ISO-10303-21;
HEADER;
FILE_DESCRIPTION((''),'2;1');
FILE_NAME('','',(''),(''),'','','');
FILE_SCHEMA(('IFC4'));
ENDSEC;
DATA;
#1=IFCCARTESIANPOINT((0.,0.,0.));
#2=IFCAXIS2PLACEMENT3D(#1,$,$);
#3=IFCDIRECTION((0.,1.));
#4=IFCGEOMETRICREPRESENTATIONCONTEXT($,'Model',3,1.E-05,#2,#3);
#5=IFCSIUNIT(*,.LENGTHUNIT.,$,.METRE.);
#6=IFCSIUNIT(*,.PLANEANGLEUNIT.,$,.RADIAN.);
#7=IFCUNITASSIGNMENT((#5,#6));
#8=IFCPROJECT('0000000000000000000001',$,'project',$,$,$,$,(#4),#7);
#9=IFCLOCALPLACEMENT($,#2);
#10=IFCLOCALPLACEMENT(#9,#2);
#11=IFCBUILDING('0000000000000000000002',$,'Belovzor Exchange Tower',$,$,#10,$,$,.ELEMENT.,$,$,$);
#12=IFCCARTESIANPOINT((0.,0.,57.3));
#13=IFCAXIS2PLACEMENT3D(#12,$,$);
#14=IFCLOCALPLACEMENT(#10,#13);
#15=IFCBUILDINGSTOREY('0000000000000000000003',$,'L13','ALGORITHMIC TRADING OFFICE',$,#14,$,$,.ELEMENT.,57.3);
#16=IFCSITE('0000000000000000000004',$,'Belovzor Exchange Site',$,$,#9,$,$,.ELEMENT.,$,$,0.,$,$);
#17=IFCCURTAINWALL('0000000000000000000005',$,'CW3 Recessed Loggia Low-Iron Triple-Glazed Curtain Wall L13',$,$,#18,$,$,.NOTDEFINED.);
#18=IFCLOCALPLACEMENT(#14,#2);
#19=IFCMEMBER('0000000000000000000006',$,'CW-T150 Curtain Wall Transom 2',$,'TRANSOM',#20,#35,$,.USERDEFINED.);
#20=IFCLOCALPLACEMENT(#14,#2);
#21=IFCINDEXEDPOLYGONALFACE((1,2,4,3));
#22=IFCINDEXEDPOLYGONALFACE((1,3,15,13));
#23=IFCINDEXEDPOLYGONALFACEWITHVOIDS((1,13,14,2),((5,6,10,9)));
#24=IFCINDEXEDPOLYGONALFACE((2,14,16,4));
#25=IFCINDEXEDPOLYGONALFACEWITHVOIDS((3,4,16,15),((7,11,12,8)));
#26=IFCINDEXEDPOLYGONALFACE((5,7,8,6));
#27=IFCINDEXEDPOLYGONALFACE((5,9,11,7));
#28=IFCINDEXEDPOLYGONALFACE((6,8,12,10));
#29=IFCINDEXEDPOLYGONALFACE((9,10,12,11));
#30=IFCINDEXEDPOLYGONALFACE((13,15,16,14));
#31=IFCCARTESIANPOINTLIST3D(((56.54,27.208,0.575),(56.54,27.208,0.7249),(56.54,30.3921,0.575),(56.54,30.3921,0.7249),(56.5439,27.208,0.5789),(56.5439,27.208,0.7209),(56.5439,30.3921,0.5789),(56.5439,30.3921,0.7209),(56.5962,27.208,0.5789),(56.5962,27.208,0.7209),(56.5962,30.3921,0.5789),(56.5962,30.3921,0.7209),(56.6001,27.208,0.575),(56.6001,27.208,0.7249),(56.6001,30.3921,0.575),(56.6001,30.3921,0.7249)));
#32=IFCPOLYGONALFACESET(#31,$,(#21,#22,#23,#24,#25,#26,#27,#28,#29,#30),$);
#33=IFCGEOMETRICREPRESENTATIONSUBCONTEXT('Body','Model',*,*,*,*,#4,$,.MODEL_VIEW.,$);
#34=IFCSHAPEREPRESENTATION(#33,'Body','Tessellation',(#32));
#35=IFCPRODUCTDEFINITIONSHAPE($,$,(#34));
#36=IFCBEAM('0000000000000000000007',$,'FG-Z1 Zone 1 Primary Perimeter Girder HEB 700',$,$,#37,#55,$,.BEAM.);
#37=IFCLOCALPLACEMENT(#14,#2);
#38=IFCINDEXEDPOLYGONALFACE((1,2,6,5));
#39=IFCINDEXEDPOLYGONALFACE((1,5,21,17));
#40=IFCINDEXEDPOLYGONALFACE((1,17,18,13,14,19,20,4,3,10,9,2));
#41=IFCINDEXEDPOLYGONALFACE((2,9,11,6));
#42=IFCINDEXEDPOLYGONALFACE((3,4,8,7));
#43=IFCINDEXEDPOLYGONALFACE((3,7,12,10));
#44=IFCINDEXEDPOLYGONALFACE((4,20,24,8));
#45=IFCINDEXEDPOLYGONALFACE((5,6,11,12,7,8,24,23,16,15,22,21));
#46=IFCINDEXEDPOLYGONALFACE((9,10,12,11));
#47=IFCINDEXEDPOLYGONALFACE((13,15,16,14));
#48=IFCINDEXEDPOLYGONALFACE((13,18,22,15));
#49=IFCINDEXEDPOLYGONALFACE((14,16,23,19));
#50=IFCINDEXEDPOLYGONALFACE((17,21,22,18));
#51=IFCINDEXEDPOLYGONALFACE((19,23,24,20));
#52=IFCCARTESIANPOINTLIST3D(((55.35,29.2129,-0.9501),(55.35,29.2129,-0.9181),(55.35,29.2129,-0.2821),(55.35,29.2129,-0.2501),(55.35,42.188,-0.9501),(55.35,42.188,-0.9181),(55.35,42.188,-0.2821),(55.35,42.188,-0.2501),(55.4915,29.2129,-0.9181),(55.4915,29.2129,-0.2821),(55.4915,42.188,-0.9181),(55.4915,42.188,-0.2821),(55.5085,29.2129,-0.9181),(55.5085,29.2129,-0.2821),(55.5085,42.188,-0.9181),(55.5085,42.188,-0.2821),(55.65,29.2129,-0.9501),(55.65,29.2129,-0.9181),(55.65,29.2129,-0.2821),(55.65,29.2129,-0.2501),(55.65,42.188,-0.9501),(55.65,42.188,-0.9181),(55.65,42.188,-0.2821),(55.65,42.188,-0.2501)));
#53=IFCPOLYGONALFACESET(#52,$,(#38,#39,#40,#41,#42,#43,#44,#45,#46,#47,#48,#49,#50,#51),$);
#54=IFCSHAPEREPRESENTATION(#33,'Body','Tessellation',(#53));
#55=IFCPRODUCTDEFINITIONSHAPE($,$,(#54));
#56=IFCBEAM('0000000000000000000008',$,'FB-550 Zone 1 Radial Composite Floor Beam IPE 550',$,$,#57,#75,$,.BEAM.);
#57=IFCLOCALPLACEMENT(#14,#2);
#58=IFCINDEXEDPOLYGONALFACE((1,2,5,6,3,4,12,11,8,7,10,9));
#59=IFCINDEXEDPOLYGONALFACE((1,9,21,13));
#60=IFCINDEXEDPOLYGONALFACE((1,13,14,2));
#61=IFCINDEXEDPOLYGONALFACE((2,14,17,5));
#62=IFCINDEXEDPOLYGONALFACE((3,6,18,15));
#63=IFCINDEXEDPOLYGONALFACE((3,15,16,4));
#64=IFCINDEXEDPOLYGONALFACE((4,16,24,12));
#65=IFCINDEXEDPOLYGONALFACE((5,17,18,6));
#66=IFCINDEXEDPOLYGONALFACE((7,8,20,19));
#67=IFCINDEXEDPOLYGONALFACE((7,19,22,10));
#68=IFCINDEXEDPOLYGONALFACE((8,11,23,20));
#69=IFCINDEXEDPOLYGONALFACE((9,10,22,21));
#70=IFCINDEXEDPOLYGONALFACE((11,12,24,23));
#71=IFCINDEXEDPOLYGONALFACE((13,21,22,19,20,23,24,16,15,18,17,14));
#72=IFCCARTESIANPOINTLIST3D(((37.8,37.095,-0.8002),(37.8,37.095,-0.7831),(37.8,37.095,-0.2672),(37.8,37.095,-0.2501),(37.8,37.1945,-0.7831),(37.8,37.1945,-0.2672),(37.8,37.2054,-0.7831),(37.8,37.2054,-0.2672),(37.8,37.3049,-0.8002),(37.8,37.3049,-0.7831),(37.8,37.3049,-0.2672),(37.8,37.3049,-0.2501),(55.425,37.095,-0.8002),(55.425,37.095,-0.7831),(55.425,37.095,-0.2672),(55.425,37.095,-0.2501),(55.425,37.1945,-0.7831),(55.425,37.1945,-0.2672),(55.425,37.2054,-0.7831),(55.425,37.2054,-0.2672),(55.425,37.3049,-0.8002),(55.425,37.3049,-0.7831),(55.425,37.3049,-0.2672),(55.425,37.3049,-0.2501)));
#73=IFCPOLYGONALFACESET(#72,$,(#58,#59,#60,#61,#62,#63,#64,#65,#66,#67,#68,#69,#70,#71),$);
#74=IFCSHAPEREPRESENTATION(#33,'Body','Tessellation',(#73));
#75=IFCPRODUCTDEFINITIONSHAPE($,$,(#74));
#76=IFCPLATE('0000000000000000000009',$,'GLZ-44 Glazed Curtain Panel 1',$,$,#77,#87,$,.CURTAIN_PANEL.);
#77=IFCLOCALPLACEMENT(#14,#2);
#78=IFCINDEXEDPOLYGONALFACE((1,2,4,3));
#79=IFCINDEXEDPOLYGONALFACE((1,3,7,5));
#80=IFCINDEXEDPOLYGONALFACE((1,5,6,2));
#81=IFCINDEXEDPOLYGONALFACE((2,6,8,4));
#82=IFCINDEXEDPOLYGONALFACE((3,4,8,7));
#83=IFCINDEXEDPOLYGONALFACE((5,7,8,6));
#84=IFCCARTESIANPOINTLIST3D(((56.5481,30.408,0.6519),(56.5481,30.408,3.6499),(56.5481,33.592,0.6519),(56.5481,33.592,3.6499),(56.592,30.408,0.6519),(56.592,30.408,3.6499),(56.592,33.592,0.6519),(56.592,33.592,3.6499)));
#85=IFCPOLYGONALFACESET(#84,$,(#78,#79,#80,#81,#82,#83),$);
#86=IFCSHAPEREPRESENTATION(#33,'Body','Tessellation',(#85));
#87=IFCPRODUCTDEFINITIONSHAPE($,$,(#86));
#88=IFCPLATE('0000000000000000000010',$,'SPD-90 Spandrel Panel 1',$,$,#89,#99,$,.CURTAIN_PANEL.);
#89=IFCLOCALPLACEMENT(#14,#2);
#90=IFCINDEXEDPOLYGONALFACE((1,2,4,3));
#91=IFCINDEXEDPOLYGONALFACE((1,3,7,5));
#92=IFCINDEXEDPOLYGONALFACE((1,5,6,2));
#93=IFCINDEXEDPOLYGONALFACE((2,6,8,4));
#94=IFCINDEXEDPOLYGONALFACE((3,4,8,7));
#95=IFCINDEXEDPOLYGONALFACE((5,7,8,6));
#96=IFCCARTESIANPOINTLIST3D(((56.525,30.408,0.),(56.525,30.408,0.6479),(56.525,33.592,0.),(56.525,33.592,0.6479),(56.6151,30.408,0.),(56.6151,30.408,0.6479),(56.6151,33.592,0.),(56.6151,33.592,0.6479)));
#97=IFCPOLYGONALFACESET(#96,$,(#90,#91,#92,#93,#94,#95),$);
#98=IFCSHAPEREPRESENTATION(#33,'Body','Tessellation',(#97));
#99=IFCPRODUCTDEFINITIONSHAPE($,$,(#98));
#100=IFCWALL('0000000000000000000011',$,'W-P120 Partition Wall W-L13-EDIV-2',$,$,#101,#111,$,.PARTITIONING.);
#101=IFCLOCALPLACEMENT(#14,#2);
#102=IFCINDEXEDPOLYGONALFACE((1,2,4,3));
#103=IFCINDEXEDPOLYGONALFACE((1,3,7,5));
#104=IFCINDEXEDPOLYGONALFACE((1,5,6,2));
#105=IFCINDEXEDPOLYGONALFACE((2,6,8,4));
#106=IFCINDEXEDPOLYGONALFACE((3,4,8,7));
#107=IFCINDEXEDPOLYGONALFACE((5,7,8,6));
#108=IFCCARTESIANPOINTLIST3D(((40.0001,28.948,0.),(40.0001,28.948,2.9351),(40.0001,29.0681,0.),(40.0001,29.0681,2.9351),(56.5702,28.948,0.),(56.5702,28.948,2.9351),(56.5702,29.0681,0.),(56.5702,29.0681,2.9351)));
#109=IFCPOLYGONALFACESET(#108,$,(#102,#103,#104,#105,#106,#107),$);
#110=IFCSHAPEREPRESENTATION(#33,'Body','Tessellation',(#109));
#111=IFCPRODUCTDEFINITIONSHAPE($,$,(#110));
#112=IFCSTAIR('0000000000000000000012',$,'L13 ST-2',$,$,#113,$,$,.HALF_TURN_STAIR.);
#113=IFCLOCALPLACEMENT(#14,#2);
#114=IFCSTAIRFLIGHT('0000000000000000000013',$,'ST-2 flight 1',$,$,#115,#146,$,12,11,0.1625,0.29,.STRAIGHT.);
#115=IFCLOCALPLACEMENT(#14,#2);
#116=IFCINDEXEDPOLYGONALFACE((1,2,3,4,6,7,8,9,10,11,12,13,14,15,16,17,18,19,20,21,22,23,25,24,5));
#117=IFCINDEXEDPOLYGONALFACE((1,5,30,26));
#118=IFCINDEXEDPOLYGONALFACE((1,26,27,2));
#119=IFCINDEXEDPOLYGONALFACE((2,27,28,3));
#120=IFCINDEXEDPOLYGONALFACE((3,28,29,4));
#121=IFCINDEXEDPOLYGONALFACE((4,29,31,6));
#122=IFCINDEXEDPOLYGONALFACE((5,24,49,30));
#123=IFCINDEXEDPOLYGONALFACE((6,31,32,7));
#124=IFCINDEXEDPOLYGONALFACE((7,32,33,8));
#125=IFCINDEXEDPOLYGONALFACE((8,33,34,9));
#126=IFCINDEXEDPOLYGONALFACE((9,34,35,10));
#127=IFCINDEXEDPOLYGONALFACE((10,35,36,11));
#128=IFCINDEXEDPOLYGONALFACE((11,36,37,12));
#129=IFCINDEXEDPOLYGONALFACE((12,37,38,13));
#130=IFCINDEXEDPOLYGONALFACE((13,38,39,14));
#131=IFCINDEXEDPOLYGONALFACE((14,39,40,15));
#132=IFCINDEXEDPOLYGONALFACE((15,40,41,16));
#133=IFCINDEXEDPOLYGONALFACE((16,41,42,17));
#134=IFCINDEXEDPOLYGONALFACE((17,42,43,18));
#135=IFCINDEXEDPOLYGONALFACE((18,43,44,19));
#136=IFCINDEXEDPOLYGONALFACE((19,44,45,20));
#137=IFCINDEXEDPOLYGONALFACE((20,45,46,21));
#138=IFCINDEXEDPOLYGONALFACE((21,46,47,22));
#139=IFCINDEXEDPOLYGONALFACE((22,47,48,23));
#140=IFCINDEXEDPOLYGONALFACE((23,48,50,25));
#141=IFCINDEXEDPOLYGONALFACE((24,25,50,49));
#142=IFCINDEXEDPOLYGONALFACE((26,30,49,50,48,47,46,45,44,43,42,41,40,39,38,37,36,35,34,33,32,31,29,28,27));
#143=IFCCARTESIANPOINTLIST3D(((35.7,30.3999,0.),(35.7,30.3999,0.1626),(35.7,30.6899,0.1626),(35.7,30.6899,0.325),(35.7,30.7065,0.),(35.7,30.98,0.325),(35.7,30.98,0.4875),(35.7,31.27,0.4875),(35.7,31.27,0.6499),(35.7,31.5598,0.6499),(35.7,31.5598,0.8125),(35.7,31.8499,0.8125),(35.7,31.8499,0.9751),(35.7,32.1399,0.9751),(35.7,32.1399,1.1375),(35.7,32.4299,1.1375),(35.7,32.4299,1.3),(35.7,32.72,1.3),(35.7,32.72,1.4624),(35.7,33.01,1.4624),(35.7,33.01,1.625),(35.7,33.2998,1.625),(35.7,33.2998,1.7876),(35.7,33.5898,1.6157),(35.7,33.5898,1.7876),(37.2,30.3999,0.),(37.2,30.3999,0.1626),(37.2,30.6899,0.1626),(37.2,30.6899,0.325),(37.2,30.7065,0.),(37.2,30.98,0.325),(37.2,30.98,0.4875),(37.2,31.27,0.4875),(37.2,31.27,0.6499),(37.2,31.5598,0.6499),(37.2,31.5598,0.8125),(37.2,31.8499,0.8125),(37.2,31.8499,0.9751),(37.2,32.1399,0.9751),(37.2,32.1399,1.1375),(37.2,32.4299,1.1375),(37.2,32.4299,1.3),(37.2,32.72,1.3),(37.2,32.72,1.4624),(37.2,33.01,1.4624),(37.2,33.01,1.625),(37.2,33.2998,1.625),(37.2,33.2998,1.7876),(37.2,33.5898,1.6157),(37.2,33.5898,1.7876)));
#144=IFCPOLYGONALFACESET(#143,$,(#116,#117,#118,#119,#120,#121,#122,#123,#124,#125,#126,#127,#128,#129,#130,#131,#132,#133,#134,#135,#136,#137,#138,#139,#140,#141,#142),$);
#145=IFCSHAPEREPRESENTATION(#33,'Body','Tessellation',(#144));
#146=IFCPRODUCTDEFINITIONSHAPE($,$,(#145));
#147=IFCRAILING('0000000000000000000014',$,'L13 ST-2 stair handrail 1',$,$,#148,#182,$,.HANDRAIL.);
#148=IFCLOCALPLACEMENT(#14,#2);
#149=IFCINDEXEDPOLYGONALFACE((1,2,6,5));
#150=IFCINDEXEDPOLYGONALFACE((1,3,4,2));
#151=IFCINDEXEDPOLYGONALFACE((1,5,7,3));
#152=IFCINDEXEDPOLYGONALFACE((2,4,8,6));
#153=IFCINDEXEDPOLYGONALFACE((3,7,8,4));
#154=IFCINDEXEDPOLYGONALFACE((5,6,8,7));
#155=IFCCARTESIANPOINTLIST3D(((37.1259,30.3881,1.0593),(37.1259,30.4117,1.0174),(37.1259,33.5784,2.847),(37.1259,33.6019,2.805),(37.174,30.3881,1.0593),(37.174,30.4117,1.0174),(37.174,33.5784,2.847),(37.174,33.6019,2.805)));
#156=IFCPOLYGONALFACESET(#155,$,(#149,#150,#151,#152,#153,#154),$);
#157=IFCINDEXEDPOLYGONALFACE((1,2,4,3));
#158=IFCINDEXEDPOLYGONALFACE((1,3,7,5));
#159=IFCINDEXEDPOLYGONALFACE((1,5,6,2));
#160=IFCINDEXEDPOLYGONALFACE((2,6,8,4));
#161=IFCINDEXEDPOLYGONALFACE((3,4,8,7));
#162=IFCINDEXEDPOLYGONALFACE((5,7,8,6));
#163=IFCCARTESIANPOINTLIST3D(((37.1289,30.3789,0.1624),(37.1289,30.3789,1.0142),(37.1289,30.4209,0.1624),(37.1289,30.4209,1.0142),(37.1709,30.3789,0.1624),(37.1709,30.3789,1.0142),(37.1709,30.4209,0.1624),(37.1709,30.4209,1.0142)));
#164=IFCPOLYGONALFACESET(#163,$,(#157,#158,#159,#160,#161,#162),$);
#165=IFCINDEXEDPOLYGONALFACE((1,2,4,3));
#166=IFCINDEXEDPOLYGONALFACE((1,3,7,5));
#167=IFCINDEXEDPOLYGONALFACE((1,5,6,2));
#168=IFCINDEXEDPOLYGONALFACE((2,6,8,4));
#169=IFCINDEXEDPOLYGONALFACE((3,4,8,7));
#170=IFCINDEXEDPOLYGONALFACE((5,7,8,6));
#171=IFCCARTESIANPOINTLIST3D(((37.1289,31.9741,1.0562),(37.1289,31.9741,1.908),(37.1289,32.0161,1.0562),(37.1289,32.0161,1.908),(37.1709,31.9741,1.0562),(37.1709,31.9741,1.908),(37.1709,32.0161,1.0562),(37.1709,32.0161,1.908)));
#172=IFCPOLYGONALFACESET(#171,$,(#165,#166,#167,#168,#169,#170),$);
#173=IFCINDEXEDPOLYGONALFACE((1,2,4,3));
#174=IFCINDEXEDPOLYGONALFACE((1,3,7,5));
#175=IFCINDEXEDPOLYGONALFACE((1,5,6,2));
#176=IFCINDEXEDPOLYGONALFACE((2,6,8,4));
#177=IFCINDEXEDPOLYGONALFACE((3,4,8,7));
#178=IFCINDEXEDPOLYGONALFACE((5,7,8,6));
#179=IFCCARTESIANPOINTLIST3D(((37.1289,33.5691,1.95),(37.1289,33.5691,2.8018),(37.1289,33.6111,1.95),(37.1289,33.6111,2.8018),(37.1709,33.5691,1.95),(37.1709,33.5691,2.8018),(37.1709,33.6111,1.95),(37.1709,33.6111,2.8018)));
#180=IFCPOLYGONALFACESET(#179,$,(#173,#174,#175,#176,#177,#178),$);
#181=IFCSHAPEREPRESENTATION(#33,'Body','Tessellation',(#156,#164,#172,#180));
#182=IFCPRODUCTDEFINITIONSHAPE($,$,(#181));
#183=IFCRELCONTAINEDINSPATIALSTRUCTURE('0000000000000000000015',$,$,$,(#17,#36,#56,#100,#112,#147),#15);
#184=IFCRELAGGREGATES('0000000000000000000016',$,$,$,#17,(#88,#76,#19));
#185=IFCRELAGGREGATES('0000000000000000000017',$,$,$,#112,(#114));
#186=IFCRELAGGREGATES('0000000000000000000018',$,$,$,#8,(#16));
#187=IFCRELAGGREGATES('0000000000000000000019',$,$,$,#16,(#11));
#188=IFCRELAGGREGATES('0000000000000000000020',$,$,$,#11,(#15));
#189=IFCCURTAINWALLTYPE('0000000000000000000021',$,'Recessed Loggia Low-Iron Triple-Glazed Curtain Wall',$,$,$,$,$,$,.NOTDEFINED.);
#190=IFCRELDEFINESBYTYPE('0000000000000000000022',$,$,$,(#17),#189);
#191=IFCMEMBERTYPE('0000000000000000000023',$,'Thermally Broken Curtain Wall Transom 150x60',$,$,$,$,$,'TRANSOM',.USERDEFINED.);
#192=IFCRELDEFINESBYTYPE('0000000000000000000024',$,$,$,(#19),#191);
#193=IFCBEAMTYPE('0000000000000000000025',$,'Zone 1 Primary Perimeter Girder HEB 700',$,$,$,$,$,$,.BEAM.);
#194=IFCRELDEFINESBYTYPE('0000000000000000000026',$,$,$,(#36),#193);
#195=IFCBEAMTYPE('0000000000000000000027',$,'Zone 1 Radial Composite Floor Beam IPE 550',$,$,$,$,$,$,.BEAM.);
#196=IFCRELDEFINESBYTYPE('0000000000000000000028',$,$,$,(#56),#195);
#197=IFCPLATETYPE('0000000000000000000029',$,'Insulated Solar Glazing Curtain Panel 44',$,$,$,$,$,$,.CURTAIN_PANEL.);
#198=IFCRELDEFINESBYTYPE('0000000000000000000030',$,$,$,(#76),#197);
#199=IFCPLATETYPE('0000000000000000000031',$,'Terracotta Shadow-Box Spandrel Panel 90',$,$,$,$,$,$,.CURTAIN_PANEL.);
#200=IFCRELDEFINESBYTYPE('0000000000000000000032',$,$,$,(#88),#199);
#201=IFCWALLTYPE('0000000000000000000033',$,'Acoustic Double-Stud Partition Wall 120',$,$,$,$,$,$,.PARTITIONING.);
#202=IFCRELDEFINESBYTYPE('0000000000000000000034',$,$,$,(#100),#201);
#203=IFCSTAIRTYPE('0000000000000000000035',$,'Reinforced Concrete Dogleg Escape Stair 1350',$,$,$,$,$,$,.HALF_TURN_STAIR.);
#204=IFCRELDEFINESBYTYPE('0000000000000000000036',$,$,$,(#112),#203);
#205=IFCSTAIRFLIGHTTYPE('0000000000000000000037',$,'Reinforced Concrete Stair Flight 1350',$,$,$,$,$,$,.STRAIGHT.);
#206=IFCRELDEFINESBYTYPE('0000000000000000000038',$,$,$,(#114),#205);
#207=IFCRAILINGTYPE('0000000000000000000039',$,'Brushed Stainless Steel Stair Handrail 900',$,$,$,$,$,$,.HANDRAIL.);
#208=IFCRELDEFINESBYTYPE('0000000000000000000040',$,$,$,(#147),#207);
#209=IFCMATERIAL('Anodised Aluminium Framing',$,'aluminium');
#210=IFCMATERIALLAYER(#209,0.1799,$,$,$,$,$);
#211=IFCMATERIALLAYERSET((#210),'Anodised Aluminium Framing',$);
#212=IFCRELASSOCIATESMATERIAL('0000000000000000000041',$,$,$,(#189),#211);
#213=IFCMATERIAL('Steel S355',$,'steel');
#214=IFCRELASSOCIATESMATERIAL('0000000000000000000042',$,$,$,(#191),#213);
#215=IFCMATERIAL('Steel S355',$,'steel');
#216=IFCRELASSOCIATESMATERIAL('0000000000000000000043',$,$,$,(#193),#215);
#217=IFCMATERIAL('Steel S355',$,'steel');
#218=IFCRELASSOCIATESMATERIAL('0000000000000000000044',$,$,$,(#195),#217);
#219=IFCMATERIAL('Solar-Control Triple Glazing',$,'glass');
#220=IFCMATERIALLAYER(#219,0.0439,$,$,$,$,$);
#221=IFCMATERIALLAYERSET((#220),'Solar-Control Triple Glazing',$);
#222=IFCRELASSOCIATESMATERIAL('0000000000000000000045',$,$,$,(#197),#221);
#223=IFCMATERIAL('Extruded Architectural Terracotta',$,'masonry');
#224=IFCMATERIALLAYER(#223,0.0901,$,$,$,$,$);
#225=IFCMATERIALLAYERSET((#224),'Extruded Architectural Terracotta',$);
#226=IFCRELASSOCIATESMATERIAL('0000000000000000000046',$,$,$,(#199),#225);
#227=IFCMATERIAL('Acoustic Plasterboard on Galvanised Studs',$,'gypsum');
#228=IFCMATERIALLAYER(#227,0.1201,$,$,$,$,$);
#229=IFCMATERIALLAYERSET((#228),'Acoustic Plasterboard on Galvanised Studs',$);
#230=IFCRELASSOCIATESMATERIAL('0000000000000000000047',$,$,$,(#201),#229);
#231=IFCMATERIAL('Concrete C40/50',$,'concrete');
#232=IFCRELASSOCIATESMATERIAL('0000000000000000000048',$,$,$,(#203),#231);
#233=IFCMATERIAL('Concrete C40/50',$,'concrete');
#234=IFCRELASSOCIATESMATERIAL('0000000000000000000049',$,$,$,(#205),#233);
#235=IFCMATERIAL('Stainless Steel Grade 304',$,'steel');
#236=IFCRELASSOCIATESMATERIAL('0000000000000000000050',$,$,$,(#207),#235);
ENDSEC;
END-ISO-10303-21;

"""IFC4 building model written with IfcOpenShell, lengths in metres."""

from ifc_helpers import new_model, si_unit, direction, frame, frame_2d, origin, origin_2d, place, context, subcontext, project, spatial, polyline, rectangle, hollow_rectangle, i_section, outline, extrude, material, layer, layer_set, material_profile, profile_set, type_object, element, aggregate, save


model = new_model("IFC4")

# Units and contexts
model_context = context("Model", 3, precision=1e-05, world=origin(), true_north=direction((0.0, 1.0)))
body_context = subcontext(model_context, "Body", "Model", "MODEL_VIEW")
ifc_project = project(units=[si_unit("LENGTHUNIT", "METRE"), si_unit("PLANEANGLEUNIT", "RADIAN")], contexts=[model_context])

# Site, building, storey
site_placement = place(None, origin())
site = spatial("IfcSite", under=ifc_project, at=site_placement, Name="Belovzor Exchange Site", CompositionType="ELEMENT", RefElevation=0.0)
building_placement = place(site_placement, origin())
building = spatial("IfcBuilding", under=site, at=building_placement, Name="Belovzor Exchange Tower", CompositionType="ELEMENT")
storey_placement = place(building_placement, frame((0.0, 0.0, 57.3)))
storey = spatial("IfcBuildingStorey", under=building, at=storey_placement, Name="L13", Description="ALGORITHMIC TRADING OFFICE", CompositionType="ELEMENT", Elevation=57.3)

# Curtain wall, member
ifc_material_1 = material(Name="Anodised Aluminium Framing", Category="aluminium")
ifc_layer_1 = layer(ifc_material_1, 0.1799)
ifc_layer_set_1 = layer_set([ifc_layer_1], Name="Anodised Aluminium Framing")
curtain_wall_type = type_object("IfcCurtainWallType", Name="Recessed Loggia Low-Iron Triple-Glazed Curtain Wall", PredefinedType="NOTDEFINED", material=ifc_layer_set_1)
curtain_wall_placement = place(storey_placement, origin())
curtain_wall = element("IfcCurtainWall", 1, at=curtain_wall_placement, inside=storey, type_object=curtain_wall_type, Name="CW3 Recessed Loggia Low-Iron Triple-Glazed Curtain Wall L13", PredefinedType="NOTDEFINED")
ifc_material_2 = material(Name="Steel S355", Category="steel")
ifc_material_profile_1 = material_profile(ifc_material_2, hollow_rectangle(XDim=0.0601, YDim=0.1499, WallThickness=0.0039, at=origin_2d()))
ifc_profile_set_1 = profile_set([ifc_material_profile_1], Name="Steel S355")
member_type_1 = type_object("IfcMemberType", Name="Thermally Broken Curtain Wall Transom 150x60", ElementType="TRANSOM", PredefinedType="USERDEFINED", material=ifc_profile_set_1)
member_1_placement = place(storey_placement, frame((56.5701, 30.3921, 0.6499), z_axis=(0.0, -1.0, 0.0), x_axis=(1.0, 0.0, 0.0)))
member_1 = element("IfcMember", 2, at=member_1_placement, type_object=member_type_1, Name="CW-T150 Curtain Wall Transom 2", ObjectType="TRANSOM", PredefinedType="USERDEFINED", context=body_context, shape_type="SweptSolid", body=[
    extrude(hollow_rectangle(XDim=0.0601, YDim=0.1499, WallThickness=0.0039, at=origin_2d()), origin(), (0.0, 0.0, 1.0), 3.1841),
])

# Beams
ifc_material_3 = material(Name="Steel S355", Category="steel")
ifc_material_profile_2 = material_profile(ifc_material_3, i_section(OverallWidth=0.3, OverallDepth=0.7, WebThickness=0.0171, FlangeThickness=0.032, at=origin_2d()))
ifc_profile_set_2 = profile_set([ifc_material_profile_2], Name="Steel S355")
beam_type_1 = type_object("IfcBeamType", Name="Zone 1 Primary Perimeter Girder HEB 700", PredefinedType="BEAM", material=ifc_profile_set_2)
beam_1_placement = place(storey_placement, frame((55.5, 29.2129, -0.6001), z_axis=(0.0, 1.0, 0.0), x_axis=(-1.0, 0.0, 0.0)))
element("IfcBeam", 3, at=beam_1_placement, inside=storey, type_object=beam_type_1, Name="FG-Z1 Zone 1 Primary Perimeter Girder HEB 700", PredefinedType="BEAM", context=body_context, shape_type="SweptSolid", body=[
    extrude(i_section(OverallWidth=0.3, OverallDepth=0.7, WebThickness=0.0171, FlangeThickness=0.032, at=origin_2d()), origin(), (0.0, 0.0, 1.0), 12.9751),
])
ifc_material_4 = material(Name="Steel S355", Category="steel")
ifc_material_profile_3 = material_profile(ifc_material_4, i_section(OverallWidth=0.21, OverallDepth=0.55, WebThickness=0.011, FlangeThickness=0.0171, at=origin_2d()))
ifc_profile_set_3 = profile_set([ifc_material_profile_3], Name="Steel S355")
beam_type_2 = type_object("IfcBeamType", Name="Zone 1 Radial Composite Floor Beam IPE 550", PredefinedType="BEAM", material=ifc_profile_set_3)
beam_2_placement = place(storey_placement, frame((37.8, 37.2, -0.5251), z_axis=(1.0, 0.0, 0.0), x_axis=(0.0, 1.0, 0.0)))
element("IfcBeam", 4, at=beam_2_placement, inside=storey, type_object=beam_type_2, Name="FB-550 Zone 1 Radial Composite Floor Beam IPE 550", PredefinedType="BEAM", context=body_context, shape_type="SweptSolid", body=[
    extrude(i_section(OverallWidth=0.21, OverallDepth=0.55, WebThickness=0.011, FlangeThickness=0.0171, at=origin_2d()), origin(), (0.0, 0.0, 1.0), 17.625),
])

# Plates
ifc_material_5 = material(Name="Solar-Control Triple Glazing", Category="glass")
ifc_layer_2 = layer(ifc_material_5, 0.0439)
ifc_layer_set_2 = layer_set([ifc_layer_2], Name="Solar-Control Triple Glazing")
plate_type_1 = type_object("IfcPlateType", Name="Insulated Solar Glazing Curtain Panel 44", PredefinedType="CURTAIN_PANEL", material=ifc_layer_set_2)
plate_1_placement = place(storey_placement, frame((56.5701, 32.0, 0.6519), z_axis=(0.0, 0.0, 1.0), x_axis=(0.0, -1.0, 0.0)))
plate_1 = element("IfcPlate", 5, at=plate_1_placement, type_object=plate_type_1, Name="GLZ-44 Glazed Curtain Panel 1", PredefinedType="CURTAIN_PANEL", context=body_context, shape_type="SweptSolid", body=[
    extrude(rectangle(XDim=3.1841, YDim=0.0439, at=origin_2d()), origin(), (0.0, 0.0, 1.0), 2.998),
])
ifc_material_6 = material(Name="Extruded Architectural Terracotta", Category="masonry")
ifc_layer_3 = layer(ifc_material_6, 0.0901)
ifc_layer_set_3 = layer_set([ifc_layer_3], Name="Extruded Architectural Terracotta")
plate_type_2 = type_object("IfcPlateType", Name="Terracotta Shadow-Box Spandrel Panel 90", PredefinedType="CURTAIN_PANEL", material=ifc_layer_set_3)
plate_2_placement = place(storey_placement, frame((56.5701, 32.0, 0.0), z_axis=(0.0, 0.0, 1.0), x_axis=(0.0, -1.0, 0.0)))
plate_2 = element("IfcPlate", 6, at=plate_2_placement, type_object=plate_type_2, Name="SPD-90 Spandrel Panel 1", PredefinedType="CURTAIN_PANEL", context=body_context, shape_type="SweptSolid", body=[
    extrude(rectangle(XDim=3.1841, YDim=0.0901, at=origin_2d()), origin(), (0.0, 0.0, 1.0), 0.6479),
])
aggregate(curtain_wall, [plate_2, plate_1, member_1])

# Wall
ifc_material_7 = material(Name="Acoustic Plasterboard on Galvanised Studs", Category="gypsum")
ifc_layer_4 = layer(ifc_material_7, 0.1201)
ifc_layer_set_4 = layer_set([ifc_layer_4], Name="Acoustic Plasterboard on Galvanised Studs")
wall_type = type_object("IfcWallType", Name="Acoustic Double-Stud Partition Wall 120", PredefinedType="PARTITIONING", material=ifc_layer_set_4)
wall_placement = place(storey_placement, frame((40.0, 29.0081, 0.0), z_axis=(0.0, 0.0, 1.0), x_axis=(1.0, 0.0, 0.0)))
element("IfcWall", 7, at=wall_placement, inside=storey, type_object=wall_type, Name="W-P120 Partition Wall W-L13-EDIV-2", PredefinedType="PARTITIONING", context=body_context, shape_type="SweptSolid", body=[
    extrude(rectangle(XDim=16.5701, YDim=0.1201, at=frame_2d((8.2852, 0.0))), origin(), (0.0, 0.0, 1.0), 2.9351),
])

# Stair, stair flight
ifc_material_8 = material(Name="Concrete C40/50", Category="concrete")
stair_type = type_object("IfcStairType", Name="Reinforced Concrete Dogleg Escape Stair 1350", PredefinedType="HALF_TURN_STAIR", material=ifc_material_8)
stair_placement = place(storey_placement, origin())
stair = element("IfcStair", 8, at=stair_placement, inside=storey, type_object=stair_type, Name="L13 ST-2", PredefinedType="HALF_TURN_STAIR")
ifc_material_9 = material(Name="Concrete C40/50", Category="concrete")
stair_flight_type = type_object("IfcStairFlightType", Name="Reinforced Concrete Stair Flight 1350", PredefinedType="STRAIGHT", material=ifc_material_9)
stair_flight_placement = place(storey_placement, frame((36.45, 30.3999, 0.0), z_axis=(0.0, 0.0, 1.0), x_axis=(0.0, 1.0, 0.0)))
stair_flight = element("IfcStairFlight", 9, at=stair_flight_placement, type_object=stair_flight_type, Name="ST-2 flight 1", NumberOfRisers=12, NumberOfTreads=11, PredefinedType="STRAIGHT", RiserHeight=0.1625, TreadLength=0.29, context=body_context, shape_type="SweptSolid", body=[
    extrude(outline(polyline([(0.0, 0.0), (0.0, 0.1626), (0.29, 0.1626), (0.29, 0.325), (0.5801, 0.325), (0.5801, 0.4875), (0.8701, 0.4875), (0.8701, 0.6499), (1.1599, 0.6499), (1.1599, 0.8125), (1.45, 0.8125), (1.45, 0.9751), (1.74, 0.9751), (1.74, 1.1375), (2.03, 1.1375), (2.03, 1.3), (2.3201, 1.3), (2.3201, 1.4624), (2.6101, 1.4624), (2.6101, 1.625), (2.8999, 1.625), (2.8999, 1.7876), (3.1899, 1.7876), (3.1899, 1.95), (3.1899, 1.6157), (0.3066, 0.0), (0.0, 0.0)])), frame((0.0, 0.75, 0.0), z_axis=(0.0, -1.0, 0.0), x_axis=(1.0, 0.0, 0.0)), (0.0, 0.0, 1.0), 1.5),
])
aggregate(stair, [stair_flight])

# Railing
ifc_material_10 = material(Name="Stainless Steel Grade 304", Category="steel")
railing_type_1 = type_object("IfcRailingType", Name="Brushed Stainless Steel Stair Handrail 900", PredefinedType="HANDRAIL", material=ifc_material_10)
railing_1_placement = place(storey_placement, frame((37.1499, 30.3999, 0.1624)))
element("IfcRailing", 10, at=railing_1_placement, inside=storey, type_object=railing_type_1, Name="L13 ST-2 stair handrail 1", PredefinedType="HANDRAIL", context=body_context, shape_type="SweptSolid", body=[
    extrude(rectangle(XDim=0.0481, YDim=0.0481, at=origin_2d()), frame((0.0, 0.0, 0.876), z_axis=(0.0, 0.872378, 0.488831), x_axis=(-1.0, 0.0, 0.0)), (0.0, 0.0, 1.0), 3.657),
    extrude(rectangle(XDim=0.042, YDim=0.042, at=origin_2d()), origin(), (0.0, 0.0, 1.0), 0.8518),
    extrude(rectangle(XDim=0.042, YDim=0.042, at=origin_2d()), frame((0.0, 1.5952, 0.8938)), (0.0, 0.0, 1.0), 0.8518),
    extrude(rectangle(XDim=0.042, YDim=0.042, at=origin_2d()), frame((0.0, 3.1902, 1.7876)), (0.0, 0.0, 1.0), 0.8518),
])

save(model, "model.ifc")
